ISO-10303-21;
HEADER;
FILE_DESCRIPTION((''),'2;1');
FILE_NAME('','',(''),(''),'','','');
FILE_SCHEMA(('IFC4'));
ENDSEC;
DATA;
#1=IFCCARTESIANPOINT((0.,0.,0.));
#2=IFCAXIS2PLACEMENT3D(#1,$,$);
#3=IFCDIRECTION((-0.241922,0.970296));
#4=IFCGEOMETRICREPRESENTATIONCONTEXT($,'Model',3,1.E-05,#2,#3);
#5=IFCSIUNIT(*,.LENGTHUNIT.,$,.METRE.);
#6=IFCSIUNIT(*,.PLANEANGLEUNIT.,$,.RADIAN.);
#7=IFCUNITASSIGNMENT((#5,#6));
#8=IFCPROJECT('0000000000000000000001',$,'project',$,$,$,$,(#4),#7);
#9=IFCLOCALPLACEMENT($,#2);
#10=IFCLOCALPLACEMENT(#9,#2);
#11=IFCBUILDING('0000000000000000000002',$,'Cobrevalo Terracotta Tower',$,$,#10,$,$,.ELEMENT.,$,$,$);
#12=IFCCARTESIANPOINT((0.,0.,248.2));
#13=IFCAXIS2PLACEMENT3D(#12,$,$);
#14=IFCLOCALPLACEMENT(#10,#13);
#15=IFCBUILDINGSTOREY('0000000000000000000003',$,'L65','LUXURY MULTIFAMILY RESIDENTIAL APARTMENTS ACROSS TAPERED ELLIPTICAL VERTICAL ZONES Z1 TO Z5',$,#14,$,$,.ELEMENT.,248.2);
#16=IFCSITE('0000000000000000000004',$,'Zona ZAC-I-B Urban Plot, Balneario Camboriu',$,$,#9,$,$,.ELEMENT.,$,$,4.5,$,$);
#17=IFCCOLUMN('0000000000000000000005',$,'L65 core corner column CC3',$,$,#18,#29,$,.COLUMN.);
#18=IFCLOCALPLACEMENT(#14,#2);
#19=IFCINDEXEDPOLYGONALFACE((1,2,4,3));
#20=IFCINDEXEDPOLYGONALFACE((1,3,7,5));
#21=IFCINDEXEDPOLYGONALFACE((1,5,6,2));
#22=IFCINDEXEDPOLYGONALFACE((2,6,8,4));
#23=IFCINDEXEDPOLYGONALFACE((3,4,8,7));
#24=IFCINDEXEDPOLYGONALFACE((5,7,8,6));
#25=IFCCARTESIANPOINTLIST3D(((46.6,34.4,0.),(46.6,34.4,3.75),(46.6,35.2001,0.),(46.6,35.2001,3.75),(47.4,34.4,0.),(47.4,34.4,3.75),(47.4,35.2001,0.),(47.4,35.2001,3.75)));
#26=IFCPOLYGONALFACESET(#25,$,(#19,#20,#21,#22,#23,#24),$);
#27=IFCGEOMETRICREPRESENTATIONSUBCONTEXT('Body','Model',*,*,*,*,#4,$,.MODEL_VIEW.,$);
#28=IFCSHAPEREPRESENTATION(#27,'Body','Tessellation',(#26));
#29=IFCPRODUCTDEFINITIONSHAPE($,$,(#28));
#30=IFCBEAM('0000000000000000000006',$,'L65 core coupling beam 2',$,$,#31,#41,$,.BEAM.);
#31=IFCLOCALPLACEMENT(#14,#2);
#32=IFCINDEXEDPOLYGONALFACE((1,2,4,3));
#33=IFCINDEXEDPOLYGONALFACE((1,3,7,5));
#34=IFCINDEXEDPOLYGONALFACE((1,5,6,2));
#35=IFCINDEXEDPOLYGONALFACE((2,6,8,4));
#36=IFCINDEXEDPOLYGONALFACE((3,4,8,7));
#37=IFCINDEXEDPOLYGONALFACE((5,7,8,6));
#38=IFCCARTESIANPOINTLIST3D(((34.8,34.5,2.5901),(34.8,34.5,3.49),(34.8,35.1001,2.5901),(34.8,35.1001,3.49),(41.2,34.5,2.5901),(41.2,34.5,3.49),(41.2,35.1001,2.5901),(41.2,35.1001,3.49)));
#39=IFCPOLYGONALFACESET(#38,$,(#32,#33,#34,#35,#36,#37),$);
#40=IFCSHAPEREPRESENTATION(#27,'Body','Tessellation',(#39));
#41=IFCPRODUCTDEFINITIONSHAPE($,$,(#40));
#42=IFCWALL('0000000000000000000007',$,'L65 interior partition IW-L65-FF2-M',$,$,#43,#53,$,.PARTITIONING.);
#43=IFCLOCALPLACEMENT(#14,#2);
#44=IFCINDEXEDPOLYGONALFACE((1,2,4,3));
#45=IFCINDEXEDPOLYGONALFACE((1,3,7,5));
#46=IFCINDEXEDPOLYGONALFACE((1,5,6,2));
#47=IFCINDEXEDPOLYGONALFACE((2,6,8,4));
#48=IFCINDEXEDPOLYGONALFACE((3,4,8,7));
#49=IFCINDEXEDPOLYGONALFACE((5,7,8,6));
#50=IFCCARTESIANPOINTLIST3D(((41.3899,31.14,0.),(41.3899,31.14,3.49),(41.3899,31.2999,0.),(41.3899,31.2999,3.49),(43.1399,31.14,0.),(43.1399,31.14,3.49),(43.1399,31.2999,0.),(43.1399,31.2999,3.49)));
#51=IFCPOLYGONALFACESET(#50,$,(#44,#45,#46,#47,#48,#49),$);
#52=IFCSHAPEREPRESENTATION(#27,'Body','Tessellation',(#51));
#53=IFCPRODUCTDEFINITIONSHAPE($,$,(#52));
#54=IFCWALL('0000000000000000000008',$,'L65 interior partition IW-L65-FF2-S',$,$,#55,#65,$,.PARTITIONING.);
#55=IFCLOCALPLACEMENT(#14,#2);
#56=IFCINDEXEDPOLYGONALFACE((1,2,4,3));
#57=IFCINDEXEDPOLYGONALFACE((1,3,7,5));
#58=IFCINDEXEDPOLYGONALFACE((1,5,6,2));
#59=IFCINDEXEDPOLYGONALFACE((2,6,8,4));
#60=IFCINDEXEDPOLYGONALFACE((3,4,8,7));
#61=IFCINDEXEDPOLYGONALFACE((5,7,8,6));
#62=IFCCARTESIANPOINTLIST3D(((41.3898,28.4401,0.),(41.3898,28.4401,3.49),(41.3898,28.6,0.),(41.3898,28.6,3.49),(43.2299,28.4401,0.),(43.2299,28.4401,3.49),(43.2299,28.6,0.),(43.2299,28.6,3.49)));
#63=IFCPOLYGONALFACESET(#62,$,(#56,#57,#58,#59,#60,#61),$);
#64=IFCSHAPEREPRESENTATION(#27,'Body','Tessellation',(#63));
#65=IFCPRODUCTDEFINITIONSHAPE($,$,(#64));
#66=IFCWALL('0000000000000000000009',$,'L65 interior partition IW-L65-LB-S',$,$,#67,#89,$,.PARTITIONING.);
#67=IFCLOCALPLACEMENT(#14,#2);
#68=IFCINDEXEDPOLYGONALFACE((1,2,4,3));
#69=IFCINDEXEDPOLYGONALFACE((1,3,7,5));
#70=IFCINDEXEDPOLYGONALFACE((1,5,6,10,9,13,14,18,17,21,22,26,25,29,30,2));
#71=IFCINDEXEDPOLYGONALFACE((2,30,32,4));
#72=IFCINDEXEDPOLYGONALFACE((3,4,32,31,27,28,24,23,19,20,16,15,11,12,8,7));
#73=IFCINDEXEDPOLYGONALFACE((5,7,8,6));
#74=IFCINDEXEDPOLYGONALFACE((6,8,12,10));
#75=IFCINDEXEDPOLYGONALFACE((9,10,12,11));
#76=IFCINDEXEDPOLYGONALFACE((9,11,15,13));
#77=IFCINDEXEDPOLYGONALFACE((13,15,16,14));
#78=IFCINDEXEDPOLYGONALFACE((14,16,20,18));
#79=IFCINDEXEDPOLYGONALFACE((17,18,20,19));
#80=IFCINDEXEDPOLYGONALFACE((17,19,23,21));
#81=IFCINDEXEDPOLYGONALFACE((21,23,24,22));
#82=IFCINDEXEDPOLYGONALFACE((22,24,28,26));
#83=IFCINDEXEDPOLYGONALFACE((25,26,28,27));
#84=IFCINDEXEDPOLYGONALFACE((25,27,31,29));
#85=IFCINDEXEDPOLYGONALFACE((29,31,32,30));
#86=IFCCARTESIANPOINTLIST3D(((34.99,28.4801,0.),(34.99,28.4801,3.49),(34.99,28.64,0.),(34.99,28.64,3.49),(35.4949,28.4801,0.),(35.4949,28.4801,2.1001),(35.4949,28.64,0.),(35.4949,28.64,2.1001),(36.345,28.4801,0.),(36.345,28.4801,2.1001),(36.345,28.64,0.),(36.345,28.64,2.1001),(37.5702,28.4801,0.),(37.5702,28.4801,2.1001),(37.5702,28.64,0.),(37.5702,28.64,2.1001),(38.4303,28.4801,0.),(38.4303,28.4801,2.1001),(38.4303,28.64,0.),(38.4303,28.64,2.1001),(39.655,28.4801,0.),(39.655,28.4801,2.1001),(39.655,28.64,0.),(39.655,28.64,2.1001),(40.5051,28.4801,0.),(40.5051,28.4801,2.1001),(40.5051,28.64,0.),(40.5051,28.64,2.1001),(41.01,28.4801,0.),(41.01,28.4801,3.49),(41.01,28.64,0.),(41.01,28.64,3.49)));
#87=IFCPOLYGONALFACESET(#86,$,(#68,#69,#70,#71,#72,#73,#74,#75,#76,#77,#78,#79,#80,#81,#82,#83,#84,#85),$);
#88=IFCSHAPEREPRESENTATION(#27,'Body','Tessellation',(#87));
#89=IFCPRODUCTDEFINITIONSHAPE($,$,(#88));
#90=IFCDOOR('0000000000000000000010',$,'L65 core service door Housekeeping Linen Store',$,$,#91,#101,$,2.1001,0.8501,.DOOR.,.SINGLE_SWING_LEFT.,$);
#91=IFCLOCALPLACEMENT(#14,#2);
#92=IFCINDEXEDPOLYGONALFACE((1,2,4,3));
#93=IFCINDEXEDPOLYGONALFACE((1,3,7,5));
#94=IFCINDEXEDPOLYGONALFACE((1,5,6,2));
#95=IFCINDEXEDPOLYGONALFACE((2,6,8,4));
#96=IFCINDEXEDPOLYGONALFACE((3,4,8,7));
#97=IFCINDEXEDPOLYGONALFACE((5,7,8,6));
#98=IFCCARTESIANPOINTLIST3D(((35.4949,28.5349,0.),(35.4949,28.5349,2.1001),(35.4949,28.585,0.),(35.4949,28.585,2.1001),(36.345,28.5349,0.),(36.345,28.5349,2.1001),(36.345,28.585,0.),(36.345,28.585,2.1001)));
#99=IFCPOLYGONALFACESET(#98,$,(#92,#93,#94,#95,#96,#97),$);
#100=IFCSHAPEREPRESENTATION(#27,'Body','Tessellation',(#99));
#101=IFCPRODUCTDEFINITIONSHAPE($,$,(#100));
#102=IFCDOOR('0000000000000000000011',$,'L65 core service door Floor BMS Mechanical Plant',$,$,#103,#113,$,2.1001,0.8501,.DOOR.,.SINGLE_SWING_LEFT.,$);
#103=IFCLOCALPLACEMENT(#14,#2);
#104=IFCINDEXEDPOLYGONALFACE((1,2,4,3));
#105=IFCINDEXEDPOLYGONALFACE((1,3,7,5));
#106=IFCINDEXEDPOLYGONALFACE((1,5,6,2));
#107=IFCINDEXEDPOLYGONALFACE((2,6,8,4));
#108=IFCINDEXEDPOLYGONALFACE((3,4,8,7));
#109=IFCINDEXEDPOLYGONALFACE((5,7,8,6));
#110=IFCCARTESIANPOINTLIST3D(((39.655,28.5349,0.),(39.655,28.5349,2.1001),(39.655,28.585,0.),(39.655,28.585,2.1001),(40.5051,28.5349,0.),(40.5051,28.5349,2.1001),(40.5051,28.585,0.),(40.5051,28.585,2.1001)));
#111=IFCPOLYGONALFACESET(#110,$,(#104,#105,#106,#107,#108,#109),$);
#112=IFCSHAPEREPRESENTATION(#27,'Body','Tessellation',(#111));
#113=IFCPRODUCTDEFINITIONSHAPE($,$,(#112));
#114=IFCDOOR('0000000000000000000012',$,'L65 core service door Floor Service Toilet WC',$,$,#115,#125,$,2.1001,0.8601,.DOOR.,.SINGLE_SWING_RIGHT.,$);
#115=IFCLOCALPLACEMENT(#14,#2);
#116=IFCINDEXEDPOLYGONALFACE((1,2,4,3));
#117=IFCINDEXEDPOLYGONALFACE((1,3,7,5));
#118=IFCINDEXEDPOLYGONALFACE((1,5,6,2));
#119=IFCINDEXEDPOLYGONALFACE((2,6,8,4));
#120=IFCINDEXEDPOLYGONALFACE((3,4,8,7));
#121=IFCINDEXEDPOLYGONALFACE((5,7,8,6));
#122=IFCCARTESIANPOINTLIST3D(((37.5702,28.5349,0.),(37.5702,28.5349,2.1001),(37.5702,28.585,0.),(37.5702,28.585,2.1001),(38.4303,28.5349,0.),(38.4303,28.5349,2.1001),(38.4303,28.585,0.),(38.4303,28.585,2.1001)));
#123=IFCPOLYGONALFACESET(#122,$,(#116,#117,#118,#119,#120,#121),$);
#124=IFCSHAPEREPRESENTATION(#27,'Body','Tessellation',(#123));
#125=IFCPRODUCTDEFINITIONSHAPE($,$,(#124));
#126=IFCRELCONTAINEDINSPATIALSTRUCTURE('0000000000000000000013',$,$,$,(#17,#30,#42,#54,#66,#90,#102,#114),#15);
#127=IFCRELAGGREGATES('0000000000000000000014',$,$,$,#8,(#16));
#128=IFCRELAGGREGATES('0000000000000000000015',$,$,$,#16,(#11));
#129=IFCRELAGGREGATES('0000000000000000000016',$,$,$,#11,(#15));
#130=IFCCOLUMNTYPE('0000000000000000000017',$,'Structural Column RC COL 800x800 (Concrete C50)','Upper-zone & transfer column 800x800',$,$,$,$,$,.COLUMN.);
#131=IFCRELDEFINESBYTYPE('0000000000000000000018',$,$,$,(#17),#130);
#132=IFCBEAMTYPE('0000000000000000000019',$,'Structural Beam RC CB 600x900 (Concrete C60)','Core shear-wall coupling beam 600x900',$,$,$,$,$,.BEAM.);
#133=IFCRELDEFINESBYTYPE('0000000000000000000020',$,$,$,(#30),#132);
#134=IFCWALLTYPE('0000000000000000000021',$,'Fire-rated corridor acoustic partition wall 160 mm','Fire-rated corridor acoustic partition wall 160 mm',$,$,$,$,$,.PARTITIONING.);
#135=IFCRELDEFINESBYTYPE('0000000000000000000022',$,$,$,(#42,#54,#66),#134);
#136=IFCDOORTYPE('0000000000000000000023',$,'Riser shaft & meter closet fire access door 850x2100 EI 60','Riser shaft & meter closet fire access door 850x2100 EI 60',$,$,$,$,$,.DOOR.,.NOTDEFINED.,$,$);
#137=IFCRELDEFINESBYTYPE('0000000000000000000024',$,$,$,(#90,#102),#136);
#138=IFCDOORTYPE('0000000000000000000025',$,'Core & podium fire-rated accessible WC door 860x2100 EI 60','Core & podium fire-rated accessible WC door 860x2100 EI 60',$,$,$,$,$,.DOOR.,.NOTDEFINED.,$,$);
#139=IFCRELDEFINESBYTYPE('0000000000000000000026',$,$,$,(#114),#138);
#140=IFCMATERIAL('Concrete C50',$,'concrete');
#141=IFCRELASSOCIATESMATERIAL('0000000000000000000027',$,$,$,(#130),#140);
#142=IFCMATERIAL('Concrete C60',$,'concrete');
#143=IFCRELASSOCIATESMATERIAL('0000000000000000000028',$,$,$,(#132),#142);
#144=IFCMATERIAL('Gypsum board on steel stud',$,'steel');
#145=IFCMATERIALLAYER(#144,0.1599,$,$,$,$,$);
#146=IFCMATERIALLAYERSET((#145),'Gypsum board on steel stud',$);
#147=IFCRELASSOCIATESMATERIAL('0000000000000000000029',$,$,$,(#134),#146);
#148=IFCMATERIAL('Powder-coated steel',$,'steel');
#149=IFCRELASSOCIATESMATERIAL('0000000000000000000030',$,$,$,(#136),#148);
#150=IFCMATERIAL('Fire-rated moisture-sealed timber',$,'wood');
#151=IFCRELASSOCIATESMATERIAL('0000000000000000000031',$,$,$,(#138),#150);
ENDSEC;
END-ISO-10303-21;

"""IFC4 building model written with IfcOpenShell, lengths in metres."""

from ifc_helpers import new_model, si_unit, direction, frame, frame_2d, origin, origin_2d, place, context, subcontext, project, spatial, rectangle, extrude, source, transform, mapped, material, layer, layer_set, material_profile, profile_set, type_object, element, fill, save


model = new_model("IFC4")

# Units and contexts
model_context = context("Model", 3, precision=1e-05, world=origin(), true_north=direction((-0.241922, 0.970296)))
body_context = subcontext(model_context, "Body", "Model", "MODEL_VIEW")
ifc_project = project(units=[si_unit("LENGTHUNIT", "METRE"), si_unit("PLANEANGLEUNIT", "RADIAN")], contexts=[model_context])

# Site, building, storey
site_placement = place(None, origin())
site = spatial("IfcSite", under=ifc_project, at=site_placement, Name="Zona ZAC-I-B Urban Plot, Balneario Camboriu", CompositionType="ELEMENT", RefElevation=4.5)
building_placement = place(site_placement, origin())
building = spatial("IfcBuilding", under=site, at=building_placement, Name="Cobrevalo Terracotta Tower", CompositionType="ELEMENT")
storey_placement = place(building_placement, frame((0.0, 0.0, 248.2)))
storey = spatial("IfcBuildingStorey", under=building, at=storey_placement, Name="L65", Description="LUXURY MULTIFAMILY RESIDENTIAL APARTMENTS ACROSS TAPERED ELLIPTICAL VERTICAL ZONES Z1 TO Z5", CompositionType="ELEMENT", Elevation=248.2)

# Column
ifc_material_1 = material(Name="Concrete C50", Category="concrete")
ifc_material_profile_1 = material_profile(ifc_material_1, rectangle(XDim=0.8, YDim=0.8, at=origin_2d()), Name="RC COL 800x800")
ifc_profile_set_1 = profile_set([ifc_material_profile_1], Name="Concrete C50")
column_type = type_object("IfcColumnType", Name="Structural Column RC COL 800x800 (Concrete C50)", Description="Upper-zone & transfer column 800x800", PredefinedType="COLUMN", material=ifc_profile_set_1)
column_placement = place(storey_placement, frame((47.0, 34.8, 0.0), z_axis=(0.0, 0.0, 1.0), x_axis=(1.0, 0.0, 0.0)))
element("IfcColumn", 1, at=column_placement, inside=storey, type_object=column_type, Name="L65 core corner column CC3", PredefinedType="COLUMN", context=body_context, shape_type="SweptSolid", body=[
    extrude(rectangle(XDim=0.8, YDim=0.8, at=origin_2d()), origin(), (0.0, 0.0, 1.0), 3.75),
])

# Beam
ifc_material_2 = material(Name="Concrete C60", Category="concrete")
ifc_material_profile_2 = material_profile(ifc_material_2, rectangle(XDim=0.6001, YDim=0.8999, at=origin_2d()), Name="RC CB 600x900")
ifc_profile_set_2 = profile_set([ifc_material_profile_2], Name="Concrete C60")
beam_type = type_object("IfcBeamType", Name="Structural Beam RC CB 600x900 (Concrete C60)", Description="Core shear-wall coupling beam 600x900", PredefinedType="BEAM", material=ifc_profile_set_2)
beam_placement = place(storey_placement, frame((34.8, 34.8, 3.04), z_axis=(1.0, 0.0, 0.0), x_axis=(0.0, 1.0, 0.0)))
element("IfcBeam", 2, at=beam_placement, inside=storey, type_object=beam_type, Name="L65 core coupling beam 2", PredefinedType="BEAM", context=body_context, shape_type="SweptSolid", body=[
    extrude(rectangle(XDim=0.6001, YDim=0.8999, at=origin_2d()), origin(), (0.0, 0.0, 1.0), 6.3999),
])

# Walls
ifc_material_3 = material(Name="Gypsum board on steel stud", Category="steel")
ifc_layer_1 = layer(ifc_material_3, 0.1599)
ifc_layer_set_1 = layer_set([ifc_layer_1], Name="Gypsum board on steel stud")
wall_type_1 = type_object("IfcWallType", Name="Fire-rated corridor acoustic partition wall 160 mm", Description="Fire-rated corridor acoustic partition wall 160 mm", PredefinedType="PARTITIONING", material=ifc_layer_set_1)
wall_1_placement = place(storey_placement, frame((41.3899, 31.22, 0.0), z_axis=(0.0, 0.0, 1.0), x_axis=(1.0, 0.0, 0.0)))
element("IfcWall", 3, at=wall_1_placement, inside=storey, type_object=wall_type_1, Name="L65 interior partition IW-L65-FF2-M", PredefinedType="PARTITIONING", context=body_context, shape_type="SweptSolid", body=[
    extrude(rectangle(XDim=1.75, YDim=0.1599, at=frame_2d((0.875, 0.0))), origin(), (0.0, 0.0, 1.0), 3.49),
])
wall_2_placement = place(storey_placement, frame((41.3899, 28.52, 0.0), z_axis=(0.0, 0.0, 1.0), x_axis=(1.0, 0.0, 0.0)))
element("IfcWall", 4, at=wall_2_placement, inside=storey, type_object=wall_type_1, Name="L65 interior partition IW-L65-FF2-S", PredefinedType="PARTITIONING", context=body_context, shape_type="SweptSolid", body=[
    extrude(rectangle(XDim=1.8401, YDim=0.1599, at=frame_2d((0.9199, 0.0))), origin(), (0.0, 0.0, 1.0), 3.49),
])

# Wall, openings, doors
wall_3_placement = place(storey_placement, frame((34.99, 28.5601, 0.0), z_axis=(0.0, 0.0, 1.0), x_axis=(1.0, 0.0, 0.0)))
wall_3 = element("IfcWall", 5, at=wall_3_placement, inside=storey, type_object=wall_type_1, Name="L65 interior partition IW-L65-LB-S", PredefinedType="PARTITIONING", context=body_context, shape_type="SweptSolid", body=[
    extrude(rectangle(XDim=6.02, YDim=0.1599, at=frame_2d((3.01, 0.0))), origin(), (0.0, 0.0, 1.0), 3.49),
])
opening_1_placement = place(wall_3_placement, frame((0.5049, 0.0, 0.0)))
opening_1 = element("IfcOpeningElement", 6, at=opening_1_placement, cuts=wall_3, PredefinedType="OPENING", context=body_context, shape_type="SweptSolid", body=[
    extrude(rectangle(XDim=0.8501, YDim=2.1001, at=frame_2d((0.425, 1.05))), frame((0.0, 0.0898, 0.0), z_axis=(0.0, -1.0, 0.0), x_axis=(1.0, 0.0, 0.0)), (0.0, 0.0, 1.0), 0.1799),
])
opening_2_placement = place(wall_3_placement, frame((2.5801, 0.0, 0.0)))
opening_2 = element("IfcOpeningElement", 7, at=opening_2_placement, cuts=wall_3, PredefinedType="OPENING", context=body_context, shape_type="SweptSolid", body=[
    extrude(rectangle(XDim=0.8601, YDim=2.1001, at=frame_2d((0.4302, 1.05))), frame((0.0, 0.0898, 0.0), z_axis=(0.0, -1.0, 0.0), x_axis=(1.0, 0.0, 0.0)), (0.0, 0.0, 1.0), 0.1799),
])
opening_3_placement = place(wall_3_placement, frame((4.665, 0.0, 0.0)))
opening_3 = element("IfcOpeningElement", 8, at=opening_3_placement, cuts=wall_3, PredefinedType="OPENING", context=body_context, shape_type="SweptSolid", body=[
    extrude(rectangle(XDim=0.8501, YDim=2.1001, at=frame_2d((0.425, 1.05))), frame((0.0, 0.0898, 0.0), z_axis=(0.0, -1.0, 0.0), x_axis=(1.0, 0.0, 0.0)), (0.0, 0.0, 1.0), 0.1799),
])
ifc_material_4 = material(Name="Powder-coated steel", Category="steel")
door_type_1 = type_object("IfcDoorType", Name="Riser shaft & meter closet fire access door 850x2100 EI 60", Description="Riser shaft & meter closet fire access door 850x2100 EI 60", OperationType="NOTDEFINED", PredefinedType="DOOR", material=ifc_material_4)
shared_shape_1 = source(origin(), body_context, "Body", "SweptSolid", [
    extrude(rectangle(XDim=0.8501, YDim=2.1001, at=frame_2d((0.425, 1.05))), frame((0.0, 0.0249, 0.0), z_axis=(0.0, -1.0, 0.0), x_axis=(1.0, 0.0, 0.0)), (0.0, 0.0, 1.0), 0.05),
])
door_1_placement = place(opening_1_placement, origin())
door_1 = element("IfcDoor", 9, at=door_1_placement, inside=storey, type_object=door_type_1, Name="L65 core service door Housekeeping Linen Store", OperationType="SINGLE_SWING_LEFT", OverallHeight=2.1001, OverallWidth=0.8501, PredefinedType="DOOR", context=body_context, shape_type="MappedRepresentation", body=[
    mapped(shared_shape_1, transform((0.0, 0.0, 0.0), scale=1.0)),
])
fill(opening_1, door_1)
door_2_placement = place(opening_3_placement, origin())
door_2 = element("IfcDoor", 10, at=door_2_placement, inside=storey, type_object=door_type_1, Name="L65 core service door Floor BMS Mechanical Plant", OperationType="SINGLE_SWING_LEFT", OverallHeight=2.1001, OverallWidth=0.8501, PredefinedType="DOOR", context=body_context, shape_type="MappedRepresentation", body=[
    mapped(shared_shape_1, transform((0.0, 0.0, 0.0), scale=1.0)),
])
fill(opening_3, door_2)
ifc_material_5 = material(Name="Fire-rated moisture-sealed timber", Category="wood")
door_type_2 = type_object("IfcDoorType", Name="Core & podium fire-rated accessible WC door 860x2100 EI 60", Description="Core & podium fire-rated accessible WC door 860x2100 EI 60", OperationType="NOTDEFINED", PredefinedType="DOOR", material=ifc_material_5)
shared_shape_2 = source(origin(), body_context, "Body", "SweptSolid", [
    extrude(rectangle(XDim=0.8601, YDim=2.1001, at=frame_2d((0.4302, 1.05))), frame((0.0, 0.0249, 0.0), z_axis=(0.0, -1.0, 0.0), x_axis=(1.0, 0.0, 0.0)), (0.0, 0.0, 1.0), 0.05),
])
door_3_placement = place(opening_2_placement, origin())
door_3 = element("IfcDoor", 11, at=door_3_placement, inside=storey, type_object=door_type_2, Name="L65 core service door Floor Service Toilet WC", OperationType="SINGLE_SWING_RIGHT", OverallHeight=2.1001, OverallWidth=0.8601, PredefinedType="DOOR", context=body_context, shape_type="MappedRepresentation", body=[
    mapped(shared_shape_2, transform((0.0, 0.0, 0.0), scale=1.0)),
])
fill(opening_2, door_3)

save(model, "model.ifc")
